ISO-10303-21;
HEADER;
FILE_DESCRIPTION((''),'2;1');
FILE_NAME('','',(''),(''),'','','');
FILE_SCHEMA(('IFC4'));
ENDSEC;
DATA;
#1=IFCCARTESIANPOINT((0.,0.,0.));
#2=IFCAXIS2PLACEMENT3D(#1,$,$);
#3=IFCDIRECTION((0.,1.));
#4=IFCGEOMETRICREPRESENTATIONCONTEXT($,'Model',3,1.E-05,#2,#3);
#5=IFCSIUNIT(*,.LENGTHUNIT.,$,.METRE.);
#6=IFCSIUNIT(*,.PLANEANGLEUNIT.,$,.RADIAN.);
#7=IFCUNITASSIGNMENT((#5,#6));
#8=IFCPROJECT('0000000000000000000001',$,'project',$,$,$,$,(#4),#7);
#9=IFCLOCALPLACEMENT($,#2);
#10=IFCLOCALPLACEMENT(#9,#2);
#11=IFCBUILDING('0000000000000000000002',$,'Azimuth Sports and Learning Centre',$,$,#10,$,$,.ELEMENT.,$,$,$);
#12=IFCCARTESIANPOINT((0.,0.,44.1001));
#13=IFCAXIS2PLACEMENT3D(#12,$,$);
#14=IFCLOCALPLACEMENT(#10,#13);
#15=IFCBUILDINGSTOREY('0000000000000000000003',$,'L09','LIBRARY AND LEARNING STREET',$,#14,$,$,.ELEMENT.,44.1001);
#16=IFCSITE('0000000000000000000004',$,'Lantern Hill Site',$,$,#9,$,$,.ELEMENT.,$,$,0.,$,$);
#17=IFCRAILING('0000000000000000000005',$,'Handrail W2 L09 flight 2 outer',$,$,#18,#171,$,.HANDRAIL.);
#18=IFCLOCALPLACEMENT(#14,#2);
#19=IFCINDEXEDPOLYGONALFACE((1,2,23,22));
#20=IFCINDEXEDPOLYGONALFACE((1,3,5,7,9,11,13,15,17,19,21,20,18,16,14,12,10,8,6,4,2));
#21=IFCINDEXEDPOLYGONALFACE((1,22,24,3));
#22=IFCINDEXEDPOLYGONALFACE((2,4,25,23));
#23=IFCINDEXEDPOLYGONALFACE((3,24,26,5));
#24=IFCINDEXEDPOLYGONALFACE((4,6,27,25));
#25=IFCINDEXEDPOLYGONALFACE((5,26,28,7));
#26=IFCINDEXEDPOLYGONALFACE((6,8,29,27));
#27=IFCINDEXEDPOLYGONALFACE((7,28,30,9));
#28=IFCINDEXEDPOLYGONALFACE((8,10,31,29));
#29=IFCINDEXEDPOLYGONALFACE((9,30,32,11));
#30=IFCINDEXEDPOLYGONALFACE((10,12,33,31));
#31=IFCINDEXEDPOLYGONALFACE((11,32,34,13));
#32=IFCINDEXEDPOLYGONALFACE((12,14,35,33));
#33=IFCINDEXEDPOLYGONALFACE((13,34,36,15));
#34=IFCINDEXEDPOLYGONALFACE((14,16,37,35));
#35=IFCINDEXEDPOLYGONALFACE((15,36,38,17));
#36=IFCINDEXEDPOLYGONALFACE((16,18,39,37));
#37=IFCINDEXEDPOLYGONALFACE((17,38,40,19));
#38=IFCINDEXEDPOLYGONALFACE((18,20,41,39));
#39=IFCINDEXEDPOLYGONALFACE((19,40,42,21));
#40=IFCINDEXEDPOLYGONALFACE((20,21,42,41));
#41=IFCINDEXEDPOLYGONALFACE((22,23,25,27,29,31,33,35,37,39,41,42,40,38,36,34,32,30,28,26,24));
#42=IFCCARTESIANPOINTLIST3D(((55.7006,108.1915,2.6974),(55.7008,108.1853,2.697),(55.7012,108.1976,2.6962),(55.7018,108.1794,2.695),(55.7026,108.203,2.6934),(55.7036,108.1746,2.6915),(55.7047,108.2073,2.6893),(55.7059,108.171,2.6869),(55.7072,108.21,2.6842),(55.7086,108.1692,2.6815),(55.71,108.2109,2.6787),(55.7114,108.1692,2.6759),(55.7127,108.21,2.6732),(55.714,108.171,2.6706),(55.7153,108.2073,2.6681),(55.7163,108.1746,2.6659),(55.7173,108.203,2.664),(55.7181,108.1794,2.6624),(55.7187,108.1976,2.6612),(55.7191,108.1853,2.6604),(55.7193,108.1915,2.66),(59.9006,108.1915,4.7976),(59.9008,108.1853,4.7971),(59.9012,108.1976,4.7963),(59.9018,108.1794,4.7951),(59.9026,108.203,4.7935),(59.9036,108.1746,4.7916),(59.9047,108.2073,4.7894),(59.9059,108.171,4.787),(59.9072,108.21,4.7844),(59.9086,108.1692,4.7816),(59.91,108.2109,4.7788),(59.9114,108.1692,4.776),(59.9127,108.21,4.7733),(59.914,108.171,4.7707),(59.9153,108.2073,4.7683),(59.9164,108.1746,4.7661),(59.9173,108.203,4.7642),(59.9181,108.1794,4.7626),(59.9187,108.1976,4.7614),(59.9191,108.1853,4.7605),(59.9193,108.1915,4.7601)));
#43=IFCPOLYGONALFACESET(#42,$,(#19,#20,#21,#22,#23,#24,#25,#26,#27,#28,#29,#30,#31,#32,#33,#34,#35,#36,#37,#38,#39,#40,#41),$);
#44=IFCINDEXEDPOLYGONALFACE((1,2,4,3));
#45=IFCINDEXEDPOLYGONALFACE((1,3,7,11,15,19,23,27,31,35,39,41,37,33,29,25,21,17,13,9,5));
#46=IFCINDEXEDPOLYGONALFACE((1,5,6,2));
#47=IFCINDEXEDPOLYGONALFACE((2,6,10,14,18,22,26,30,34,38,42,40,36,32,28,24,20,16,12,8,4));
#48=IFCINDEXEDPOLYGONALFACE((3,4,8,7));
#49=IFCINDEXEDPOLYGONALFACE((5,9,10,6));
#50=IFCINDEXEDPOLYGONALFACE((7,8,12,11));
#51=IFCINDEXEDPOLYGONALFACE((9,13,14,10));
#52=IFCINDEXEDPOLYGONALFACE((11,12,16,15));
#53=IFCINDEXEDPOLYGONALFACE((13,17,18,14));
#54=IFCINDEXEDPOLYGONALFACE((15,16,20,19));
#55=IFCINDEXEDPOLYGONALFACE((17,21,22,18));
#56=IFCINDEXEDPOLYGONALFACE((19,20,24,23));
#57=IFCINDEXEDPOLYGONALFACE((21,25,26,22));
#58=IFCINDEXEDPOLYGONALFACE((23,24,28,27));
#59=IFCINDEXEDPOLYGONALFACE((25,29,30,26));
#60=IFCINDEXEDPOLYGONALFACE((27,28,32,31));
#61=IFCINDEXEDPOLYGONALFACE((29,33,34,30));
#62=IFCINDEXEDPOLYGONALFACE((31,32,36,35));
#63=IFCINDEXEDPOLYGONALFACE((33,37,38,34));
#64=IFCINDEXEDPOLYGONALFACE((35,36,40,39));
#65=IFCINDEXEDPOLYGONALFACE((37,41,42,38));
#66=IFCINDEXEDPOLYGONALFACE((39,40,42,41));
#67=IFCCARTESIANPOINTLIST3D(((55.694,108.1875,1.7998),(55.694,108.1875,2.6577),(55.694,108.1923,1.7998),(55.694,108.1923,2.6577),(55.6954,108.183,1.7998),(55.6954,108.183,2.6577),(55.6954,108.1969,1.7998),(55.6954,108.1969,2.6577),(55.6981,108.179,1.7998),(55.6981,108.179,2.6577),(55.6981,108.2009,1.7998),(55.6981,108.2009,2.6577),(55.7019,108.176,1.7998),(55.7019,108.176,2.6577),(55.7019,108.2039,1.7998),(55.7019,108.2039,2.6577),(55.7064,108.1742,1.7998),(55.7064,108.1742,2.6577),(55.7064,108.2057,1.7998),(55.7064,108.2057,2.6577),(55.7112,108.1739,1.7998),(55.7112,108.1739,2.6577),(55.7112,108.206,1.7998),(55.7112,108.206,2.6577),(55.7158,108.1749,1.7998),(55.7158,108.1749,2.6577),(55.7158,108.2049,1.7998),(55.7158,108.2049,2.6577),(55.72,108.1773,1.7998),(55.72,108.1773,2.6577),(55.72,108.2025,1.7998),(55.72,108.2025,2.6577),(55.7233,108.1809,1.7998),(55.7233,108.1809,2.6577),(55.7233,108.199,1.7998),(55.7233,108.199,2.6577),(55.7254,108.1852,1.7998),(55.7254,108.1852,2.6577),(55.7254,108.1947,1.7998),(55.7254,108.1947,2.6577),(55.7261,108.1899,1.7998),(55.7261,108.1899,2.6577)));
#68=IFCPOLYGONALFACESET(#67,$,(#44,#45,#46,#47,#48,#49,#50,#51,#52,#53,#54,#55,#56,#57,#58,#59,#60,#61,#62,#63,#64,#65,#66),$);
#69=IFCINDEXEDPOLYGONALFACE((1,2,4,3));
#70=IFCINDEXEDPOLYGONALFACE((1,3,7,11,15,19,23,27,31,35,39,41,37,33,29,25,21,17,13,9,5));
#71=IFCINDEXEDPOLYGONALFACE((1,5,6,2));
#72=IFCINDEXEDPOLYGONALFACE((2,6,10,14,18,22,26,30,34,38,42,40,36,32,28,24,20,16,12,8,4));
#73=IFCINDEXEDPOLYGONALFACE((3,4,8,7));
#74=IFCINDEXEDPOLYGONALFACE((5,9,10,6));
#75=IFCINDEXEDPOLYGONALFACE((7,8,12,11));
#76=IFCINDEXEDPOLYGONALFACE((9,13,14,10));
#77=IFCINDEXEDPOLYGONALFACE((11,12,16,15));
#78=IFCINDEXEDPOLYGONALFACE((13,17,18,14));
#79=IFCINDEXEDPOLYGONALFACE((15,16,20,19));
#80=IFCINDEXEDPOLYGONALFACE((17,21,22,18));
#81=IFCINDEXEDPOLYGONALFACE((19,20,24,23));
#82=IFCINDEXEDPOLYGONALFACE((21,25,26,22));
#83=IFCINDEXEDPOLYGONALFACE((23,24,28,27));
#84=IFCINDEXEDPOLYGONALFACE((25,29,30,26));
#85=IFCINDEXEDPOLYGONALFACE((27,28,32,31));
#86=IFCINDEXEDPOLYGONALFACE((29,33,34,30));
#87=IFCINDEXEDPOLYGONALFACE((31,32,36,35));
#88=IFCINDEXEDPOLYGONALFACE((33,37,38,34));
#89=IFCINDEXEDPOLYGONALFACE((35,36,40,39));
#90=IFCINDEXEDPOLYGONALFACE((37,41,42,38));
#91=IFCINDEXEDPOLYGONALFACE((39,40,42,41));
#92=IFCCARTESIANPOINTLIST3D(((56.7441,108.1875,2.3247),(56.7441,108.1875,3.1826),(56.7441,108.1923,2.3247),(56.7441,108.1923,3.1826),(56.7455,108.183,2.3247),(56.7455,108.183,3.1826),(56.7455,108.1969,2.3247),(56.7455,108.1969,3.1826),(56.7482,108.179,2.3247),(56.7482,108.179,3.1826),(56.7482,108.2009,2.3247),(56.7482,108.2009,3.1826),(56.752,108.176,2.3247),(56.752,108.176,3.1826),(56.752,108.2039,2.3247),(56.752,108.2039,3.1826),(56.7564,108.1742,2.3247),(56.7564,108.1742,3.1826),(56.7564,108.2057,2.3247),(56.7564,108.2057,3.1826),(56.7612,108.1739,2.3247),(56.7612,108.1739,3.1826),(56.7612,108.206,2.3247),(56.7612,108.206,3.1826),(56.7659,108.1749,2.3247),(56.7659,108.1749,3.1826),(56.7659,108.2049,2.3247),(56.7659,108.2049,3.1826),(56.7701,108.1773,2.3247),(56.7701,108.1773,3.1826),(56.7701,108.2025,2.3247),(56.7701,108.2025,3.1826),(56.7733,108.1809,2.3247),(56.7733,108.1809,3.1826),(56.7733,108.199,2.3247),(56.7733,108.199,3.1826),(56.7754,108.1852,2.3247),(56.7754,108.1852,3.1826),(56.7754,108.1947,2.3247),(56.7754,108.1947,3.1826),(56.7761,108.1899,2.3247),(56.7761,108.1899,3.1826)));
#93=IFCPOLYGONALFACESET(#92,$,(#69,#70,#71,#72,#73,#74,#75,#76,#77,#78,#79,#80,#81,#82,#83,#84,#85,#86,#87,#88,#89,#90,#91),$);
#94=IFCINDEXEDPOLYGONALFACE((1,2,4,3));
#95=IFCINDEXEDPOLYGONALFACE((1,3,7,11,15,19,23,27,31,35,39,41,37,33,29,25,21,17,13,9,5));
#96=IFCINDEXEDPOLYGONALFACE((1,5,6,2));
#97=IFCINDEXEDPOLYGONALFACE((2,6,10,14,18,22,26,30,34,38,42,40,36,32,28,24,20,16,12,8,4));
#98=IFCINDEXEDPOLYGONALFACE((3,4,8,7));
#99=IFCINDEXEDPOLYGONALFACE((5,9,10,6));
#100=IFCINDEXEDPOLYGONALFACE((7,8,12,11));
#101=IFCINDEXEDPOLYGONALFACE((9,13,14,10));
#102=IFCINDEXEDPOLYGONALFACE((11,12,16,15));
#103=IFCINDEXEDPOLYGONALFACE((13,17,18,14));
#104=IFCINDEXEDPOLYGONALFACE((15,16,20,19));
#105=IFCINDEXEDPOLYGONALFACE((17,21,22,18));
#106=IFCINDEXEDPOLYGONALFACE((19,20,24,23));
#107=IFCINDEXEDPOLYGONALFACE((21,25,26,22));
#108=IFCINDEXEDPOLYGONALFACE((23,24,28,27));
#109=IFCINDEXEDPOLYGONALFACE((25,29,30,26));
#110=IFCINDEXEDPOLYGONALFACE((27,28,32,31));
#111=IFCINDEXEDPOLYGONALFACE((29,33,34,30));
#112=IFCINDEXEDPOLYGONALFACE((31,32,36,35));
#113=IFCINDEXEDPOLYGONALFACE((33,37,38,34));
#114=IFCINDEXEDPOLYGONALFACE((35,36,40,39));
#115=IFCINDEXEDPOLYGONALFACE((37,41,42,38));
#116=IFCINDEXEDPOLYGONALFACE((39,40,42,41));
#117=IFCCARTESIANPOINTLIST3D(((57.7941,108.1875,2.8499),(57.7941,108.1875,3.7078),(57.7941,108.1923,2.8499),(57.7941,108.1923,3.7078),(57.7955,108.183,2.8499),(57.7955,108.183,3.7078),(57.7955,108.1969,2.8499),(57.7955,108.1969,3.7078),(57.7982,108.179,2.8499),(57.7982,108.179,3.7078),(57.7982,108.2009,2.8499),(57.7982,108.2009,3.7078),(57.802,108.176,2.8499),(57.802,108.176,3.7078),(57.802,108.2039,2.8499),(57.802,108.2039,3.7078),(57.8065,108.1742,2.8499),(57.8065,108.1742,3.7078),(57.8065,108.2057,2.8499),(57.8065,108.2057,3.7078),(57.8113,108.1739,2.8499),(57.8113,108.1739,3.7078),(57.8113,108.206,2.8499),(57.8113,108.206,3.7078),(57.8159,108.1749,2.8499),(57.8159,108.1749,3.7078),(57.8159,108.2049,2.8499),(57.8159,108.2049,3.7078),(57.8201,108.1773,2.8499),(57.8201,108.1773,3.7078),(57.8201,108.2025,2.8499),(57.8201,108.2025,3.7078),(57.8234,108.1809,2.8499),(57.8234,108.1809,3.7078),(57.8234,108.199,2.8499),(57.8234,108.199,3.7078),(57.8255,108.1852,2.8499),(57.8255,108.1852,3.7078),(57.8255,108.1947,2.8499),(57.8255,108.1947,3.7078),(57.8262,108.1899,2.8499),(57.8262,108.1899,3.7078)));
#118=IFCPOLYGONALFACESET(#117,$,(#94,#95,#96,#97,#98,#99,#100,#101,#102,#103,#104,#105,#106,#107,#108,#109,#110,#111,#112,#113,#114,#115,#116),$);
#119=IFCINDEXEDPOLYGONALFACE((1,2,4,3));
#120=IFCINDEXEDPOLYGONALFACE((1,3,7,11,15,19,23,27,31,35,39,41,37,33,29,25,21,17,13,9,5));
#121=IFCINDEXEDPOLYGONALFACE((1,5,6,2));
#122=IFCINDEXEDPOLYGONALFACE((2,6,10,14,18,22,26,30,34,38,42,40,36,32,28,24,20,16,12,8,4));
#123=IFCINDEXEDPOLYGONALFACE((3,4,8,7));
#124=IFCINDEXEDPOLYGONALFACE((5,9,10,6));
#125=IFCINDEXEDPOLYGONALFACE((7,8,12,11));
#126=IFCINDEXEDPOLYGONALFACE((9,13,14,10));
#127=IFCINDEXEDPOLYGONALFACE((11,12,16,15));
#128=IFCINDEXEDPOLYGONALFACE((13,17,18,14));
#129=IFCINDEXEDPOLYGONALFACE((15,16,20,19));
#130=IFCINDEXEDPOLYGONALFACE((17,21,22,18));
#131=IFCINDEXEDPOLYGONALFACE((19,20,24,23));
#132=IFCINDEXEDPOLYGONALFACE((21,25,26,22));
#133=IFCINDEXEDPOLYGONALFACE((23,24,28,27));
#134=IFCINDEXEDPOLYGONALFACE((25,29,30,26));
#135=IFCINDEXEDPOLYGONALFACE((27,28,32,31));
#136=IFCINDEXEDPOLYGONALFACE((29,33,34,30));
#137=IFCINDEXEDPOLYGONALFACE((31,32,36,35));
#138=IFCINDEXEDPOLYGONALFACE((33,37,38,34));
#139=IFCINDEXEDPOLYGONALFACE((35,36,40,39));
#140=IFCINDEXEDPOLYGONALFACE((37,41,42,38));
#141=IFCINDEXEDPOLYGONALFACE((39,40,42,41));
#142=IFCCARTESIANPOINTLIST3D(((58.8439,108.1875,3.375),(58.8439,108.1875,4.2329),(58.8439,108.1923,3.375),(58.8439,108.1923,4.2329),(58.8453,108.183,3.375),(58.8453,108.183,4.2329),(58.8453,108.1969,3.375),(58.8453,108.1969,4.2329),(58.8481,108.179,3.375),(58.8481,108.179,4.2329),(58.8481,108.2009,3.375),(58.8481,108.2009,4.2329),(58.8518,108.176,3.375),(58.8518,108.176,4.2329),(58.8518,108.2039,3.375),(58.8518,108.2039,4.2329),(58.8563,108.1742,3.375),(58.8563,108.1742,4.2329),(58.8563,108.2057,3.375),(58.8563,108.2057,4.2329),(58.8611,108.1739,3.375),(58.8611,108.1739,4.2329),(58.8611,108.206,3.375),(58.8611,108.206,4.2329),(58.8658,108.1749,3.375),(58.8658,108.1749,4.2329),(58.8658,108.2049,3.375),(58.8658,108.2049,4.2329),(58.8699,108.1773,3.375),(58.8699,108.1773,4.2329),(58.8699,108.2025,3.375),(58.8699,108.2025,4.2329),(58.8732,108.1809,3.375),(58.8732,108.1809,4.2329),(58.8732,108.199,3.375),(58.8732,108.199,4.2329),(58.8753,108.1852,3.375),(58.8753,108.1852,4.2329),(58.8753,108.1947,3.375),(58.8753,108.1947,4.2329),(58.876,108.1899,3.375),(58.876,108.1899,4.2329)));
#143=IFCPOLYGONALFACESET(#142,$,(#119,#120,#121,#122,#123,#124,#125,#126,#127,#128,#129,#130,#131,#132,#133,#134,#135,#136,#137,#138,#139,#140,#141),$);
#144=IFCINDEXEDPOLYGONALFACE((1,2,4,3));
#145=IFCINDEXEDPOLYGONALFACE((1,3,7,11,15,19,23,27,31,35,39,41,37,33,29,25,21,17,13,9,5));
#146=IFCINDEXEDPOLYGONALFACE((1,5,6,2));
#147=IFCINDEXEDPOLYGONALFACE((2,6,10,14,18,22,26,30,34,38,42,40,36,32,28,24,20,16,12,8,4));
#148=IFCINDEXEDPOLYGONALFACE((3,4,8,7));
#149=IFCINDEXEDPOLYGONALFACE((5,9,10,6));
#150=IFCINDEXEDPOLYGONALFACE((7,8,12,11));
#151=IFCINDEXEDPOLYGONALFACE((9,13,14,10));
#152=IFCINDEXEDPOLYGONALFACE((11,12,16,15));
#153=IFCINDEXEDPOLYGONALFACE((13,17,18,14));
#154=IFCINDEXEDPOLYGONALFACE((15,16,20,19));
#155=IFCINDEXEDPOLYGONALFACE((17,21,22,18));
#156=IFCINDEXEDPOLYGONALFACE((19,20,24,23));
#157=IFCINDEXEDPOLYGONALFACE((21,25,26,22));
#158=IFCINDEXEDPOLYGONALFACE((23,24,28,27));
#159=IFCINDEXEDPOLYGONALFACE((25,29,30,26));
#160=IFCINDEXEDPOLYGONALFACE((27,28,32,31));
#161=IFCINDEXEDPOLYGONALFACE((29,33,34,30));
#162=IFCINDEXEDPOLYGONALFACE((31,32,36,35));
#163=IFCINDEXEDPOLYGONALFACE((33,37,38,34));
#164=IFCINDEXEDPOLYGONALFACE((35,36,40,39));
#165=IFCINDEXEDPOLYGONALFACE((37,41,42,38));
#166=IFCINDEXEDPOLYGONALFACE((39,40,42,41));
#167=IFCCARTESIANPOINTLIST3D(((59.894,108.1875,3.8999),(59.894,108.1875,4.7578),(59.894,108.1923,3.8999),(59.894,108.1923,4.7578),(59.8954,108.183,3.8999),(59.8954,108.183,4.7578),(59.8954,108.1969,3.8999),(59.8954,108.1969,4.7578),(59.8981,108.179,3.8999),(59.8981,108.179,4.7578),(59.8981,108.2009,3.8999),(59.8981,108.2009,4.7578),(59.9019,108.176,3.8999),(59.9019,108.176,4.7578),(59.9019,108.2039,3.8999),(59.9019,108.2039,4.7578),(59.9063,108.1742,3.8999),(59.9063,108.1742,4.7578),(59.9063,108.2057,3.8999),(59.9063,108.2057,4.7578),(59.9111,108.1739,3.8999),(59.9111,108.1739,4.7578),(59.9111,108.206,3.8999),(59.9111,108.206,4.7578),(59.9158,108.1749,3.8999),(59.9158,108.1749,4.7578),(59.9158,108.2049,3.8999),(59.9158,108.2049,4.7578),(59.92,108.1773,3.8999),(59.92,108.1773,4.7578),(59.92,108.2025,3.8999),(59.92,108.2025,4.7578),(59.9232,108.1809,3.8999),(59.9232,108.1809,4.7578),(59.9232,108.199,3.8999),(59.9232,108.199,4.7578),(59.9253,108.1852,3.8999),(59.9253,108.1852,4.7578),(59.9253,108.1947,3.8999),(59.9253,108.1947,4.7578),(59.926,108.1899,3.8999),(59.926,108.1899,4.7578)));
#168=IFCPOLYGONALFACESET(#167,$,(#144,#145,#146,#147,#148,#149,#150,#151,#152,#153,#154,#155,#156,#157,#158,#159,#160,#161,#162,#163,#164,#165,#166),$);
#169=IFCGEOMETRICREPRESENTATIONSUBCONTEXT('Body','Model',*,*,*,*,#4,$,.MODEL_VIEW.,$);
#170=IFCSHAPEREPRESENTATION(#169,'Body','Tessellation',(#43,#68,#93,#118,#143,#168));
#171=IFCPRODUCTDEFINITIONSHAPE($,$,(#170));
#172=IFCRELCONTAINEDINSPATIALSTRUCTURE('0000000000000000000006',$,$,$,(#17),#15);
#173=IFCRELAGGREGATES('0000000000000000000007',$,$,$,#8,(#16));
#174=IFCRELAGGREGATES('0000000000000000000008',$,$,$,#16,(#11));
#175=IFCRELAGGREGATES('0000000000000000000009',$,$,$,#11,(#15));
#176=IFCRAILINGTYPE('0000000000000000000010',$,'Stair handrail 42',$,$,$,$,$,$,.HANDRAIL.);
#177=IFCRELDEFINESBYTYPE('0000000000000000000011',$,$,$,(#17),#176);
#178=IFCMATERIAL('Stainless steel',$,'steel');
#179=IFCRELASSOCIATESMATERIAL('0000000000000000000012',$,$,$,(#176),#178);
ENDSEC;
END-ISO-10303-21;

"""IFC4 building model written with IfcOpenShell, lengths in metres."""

from ifc_helpers import new_model, si_unit, direction, frame, origin, origin_2d, place, context, subcontext, project, spatial, circle, extrude, material, type_object, element, save


model = new_model("IFC4")

# Units and contexts
model_context = context("Model", 3, precision=1e-05, world=origin(), true_north=direction((0.0, 1.0)))
body_context = subcontext(model_context, "Body", "Model", "MODEL_VIEW")
ifc_project = project(units=[si_unit("LENGTHUNIT", "METRE"), si_unit("PLANEANGLEUNIT", "RADIAN")], contexts=[model_context])

# Site, building, storey
site_placement = place(None, origin())
site = spatial("IfcSite", under=ifc_project, at=site_placement, Name="Lantern Hill Site", CompositionType="ELEMENT", RefElevation=0.0)
building_placement = place(site_placement, origin())
building = spatial("IfcBuilding", under=site, at=building_placement, Name="Azimuth Sports and Learning Centre", CompositionType="ELEMENT")
storey_placement = place(building_placement, frame((0.0, 0.0, 44.1001)))
storey = spatial("IfcBuildingStorey", under=building, at=storey_placement, Name="L09", Description="LIBRARY AND LEARNING STREET", CompositionType="ELEMENT", Elevation=44.1001)

# Railing
ifc_material_1 = material(Name="Stainless steel", Category="steel")
railing_type = type_object("IfcRailingType", Name="Stair handrail 42", PredefinedType="HANDRAIL", material=ifc_material_1)
railing_placement = place(storey_placement, frame((55.71, 108.1899, 1.7998)))
element("IfcRailing", 1, at=railing_placement, inside=storey, type_object=railing_type, Name="Handrail W2 L09 flight 2 outer", PredefinedType="HANDRAIL", context=body_context, shape_type="SweptSolid", body=[
    extrude(circle(Radius=0.021, at=origin_2d()), frame((0.0, 0.0, 0.8789), z_axis=(0.894417, 0.0, 0.447234), x_axis=(0.0, 1.0, 0.0)), (0.0, 0.0, 1.0), 4.6958),
    extrude(circle(Radius=0.0161, at=origin_2d()), origin(), (0.0, 0.0, 1.0), 0.8579),
    extrude(circle(Radius=0.0161, at=origin_2d()), frame((1.05, 0.0, 0.5249)), (0.0, 0.0, 1.0), 0.8579),
    extrude(circle(Radius=0.0161, at=origin_2d()), frame((2.1001, 0.0, 1.05)), (0.0, 0.0, 1.0), 0.8579),
    extrude(circle(Radius=0.0161, at=origin_2d()), frame((3.1499, 0.0, 1.5752)), (0.0, 0.0, 1.0), 0.8579),
    extrude(circle(Radius=0.0161, at=origin_2d()), frame((4.2, 0.0, 2.1001)), (0.0, 0.0, 1.0), 0.8579),
])

save(model, "model.ifc")
